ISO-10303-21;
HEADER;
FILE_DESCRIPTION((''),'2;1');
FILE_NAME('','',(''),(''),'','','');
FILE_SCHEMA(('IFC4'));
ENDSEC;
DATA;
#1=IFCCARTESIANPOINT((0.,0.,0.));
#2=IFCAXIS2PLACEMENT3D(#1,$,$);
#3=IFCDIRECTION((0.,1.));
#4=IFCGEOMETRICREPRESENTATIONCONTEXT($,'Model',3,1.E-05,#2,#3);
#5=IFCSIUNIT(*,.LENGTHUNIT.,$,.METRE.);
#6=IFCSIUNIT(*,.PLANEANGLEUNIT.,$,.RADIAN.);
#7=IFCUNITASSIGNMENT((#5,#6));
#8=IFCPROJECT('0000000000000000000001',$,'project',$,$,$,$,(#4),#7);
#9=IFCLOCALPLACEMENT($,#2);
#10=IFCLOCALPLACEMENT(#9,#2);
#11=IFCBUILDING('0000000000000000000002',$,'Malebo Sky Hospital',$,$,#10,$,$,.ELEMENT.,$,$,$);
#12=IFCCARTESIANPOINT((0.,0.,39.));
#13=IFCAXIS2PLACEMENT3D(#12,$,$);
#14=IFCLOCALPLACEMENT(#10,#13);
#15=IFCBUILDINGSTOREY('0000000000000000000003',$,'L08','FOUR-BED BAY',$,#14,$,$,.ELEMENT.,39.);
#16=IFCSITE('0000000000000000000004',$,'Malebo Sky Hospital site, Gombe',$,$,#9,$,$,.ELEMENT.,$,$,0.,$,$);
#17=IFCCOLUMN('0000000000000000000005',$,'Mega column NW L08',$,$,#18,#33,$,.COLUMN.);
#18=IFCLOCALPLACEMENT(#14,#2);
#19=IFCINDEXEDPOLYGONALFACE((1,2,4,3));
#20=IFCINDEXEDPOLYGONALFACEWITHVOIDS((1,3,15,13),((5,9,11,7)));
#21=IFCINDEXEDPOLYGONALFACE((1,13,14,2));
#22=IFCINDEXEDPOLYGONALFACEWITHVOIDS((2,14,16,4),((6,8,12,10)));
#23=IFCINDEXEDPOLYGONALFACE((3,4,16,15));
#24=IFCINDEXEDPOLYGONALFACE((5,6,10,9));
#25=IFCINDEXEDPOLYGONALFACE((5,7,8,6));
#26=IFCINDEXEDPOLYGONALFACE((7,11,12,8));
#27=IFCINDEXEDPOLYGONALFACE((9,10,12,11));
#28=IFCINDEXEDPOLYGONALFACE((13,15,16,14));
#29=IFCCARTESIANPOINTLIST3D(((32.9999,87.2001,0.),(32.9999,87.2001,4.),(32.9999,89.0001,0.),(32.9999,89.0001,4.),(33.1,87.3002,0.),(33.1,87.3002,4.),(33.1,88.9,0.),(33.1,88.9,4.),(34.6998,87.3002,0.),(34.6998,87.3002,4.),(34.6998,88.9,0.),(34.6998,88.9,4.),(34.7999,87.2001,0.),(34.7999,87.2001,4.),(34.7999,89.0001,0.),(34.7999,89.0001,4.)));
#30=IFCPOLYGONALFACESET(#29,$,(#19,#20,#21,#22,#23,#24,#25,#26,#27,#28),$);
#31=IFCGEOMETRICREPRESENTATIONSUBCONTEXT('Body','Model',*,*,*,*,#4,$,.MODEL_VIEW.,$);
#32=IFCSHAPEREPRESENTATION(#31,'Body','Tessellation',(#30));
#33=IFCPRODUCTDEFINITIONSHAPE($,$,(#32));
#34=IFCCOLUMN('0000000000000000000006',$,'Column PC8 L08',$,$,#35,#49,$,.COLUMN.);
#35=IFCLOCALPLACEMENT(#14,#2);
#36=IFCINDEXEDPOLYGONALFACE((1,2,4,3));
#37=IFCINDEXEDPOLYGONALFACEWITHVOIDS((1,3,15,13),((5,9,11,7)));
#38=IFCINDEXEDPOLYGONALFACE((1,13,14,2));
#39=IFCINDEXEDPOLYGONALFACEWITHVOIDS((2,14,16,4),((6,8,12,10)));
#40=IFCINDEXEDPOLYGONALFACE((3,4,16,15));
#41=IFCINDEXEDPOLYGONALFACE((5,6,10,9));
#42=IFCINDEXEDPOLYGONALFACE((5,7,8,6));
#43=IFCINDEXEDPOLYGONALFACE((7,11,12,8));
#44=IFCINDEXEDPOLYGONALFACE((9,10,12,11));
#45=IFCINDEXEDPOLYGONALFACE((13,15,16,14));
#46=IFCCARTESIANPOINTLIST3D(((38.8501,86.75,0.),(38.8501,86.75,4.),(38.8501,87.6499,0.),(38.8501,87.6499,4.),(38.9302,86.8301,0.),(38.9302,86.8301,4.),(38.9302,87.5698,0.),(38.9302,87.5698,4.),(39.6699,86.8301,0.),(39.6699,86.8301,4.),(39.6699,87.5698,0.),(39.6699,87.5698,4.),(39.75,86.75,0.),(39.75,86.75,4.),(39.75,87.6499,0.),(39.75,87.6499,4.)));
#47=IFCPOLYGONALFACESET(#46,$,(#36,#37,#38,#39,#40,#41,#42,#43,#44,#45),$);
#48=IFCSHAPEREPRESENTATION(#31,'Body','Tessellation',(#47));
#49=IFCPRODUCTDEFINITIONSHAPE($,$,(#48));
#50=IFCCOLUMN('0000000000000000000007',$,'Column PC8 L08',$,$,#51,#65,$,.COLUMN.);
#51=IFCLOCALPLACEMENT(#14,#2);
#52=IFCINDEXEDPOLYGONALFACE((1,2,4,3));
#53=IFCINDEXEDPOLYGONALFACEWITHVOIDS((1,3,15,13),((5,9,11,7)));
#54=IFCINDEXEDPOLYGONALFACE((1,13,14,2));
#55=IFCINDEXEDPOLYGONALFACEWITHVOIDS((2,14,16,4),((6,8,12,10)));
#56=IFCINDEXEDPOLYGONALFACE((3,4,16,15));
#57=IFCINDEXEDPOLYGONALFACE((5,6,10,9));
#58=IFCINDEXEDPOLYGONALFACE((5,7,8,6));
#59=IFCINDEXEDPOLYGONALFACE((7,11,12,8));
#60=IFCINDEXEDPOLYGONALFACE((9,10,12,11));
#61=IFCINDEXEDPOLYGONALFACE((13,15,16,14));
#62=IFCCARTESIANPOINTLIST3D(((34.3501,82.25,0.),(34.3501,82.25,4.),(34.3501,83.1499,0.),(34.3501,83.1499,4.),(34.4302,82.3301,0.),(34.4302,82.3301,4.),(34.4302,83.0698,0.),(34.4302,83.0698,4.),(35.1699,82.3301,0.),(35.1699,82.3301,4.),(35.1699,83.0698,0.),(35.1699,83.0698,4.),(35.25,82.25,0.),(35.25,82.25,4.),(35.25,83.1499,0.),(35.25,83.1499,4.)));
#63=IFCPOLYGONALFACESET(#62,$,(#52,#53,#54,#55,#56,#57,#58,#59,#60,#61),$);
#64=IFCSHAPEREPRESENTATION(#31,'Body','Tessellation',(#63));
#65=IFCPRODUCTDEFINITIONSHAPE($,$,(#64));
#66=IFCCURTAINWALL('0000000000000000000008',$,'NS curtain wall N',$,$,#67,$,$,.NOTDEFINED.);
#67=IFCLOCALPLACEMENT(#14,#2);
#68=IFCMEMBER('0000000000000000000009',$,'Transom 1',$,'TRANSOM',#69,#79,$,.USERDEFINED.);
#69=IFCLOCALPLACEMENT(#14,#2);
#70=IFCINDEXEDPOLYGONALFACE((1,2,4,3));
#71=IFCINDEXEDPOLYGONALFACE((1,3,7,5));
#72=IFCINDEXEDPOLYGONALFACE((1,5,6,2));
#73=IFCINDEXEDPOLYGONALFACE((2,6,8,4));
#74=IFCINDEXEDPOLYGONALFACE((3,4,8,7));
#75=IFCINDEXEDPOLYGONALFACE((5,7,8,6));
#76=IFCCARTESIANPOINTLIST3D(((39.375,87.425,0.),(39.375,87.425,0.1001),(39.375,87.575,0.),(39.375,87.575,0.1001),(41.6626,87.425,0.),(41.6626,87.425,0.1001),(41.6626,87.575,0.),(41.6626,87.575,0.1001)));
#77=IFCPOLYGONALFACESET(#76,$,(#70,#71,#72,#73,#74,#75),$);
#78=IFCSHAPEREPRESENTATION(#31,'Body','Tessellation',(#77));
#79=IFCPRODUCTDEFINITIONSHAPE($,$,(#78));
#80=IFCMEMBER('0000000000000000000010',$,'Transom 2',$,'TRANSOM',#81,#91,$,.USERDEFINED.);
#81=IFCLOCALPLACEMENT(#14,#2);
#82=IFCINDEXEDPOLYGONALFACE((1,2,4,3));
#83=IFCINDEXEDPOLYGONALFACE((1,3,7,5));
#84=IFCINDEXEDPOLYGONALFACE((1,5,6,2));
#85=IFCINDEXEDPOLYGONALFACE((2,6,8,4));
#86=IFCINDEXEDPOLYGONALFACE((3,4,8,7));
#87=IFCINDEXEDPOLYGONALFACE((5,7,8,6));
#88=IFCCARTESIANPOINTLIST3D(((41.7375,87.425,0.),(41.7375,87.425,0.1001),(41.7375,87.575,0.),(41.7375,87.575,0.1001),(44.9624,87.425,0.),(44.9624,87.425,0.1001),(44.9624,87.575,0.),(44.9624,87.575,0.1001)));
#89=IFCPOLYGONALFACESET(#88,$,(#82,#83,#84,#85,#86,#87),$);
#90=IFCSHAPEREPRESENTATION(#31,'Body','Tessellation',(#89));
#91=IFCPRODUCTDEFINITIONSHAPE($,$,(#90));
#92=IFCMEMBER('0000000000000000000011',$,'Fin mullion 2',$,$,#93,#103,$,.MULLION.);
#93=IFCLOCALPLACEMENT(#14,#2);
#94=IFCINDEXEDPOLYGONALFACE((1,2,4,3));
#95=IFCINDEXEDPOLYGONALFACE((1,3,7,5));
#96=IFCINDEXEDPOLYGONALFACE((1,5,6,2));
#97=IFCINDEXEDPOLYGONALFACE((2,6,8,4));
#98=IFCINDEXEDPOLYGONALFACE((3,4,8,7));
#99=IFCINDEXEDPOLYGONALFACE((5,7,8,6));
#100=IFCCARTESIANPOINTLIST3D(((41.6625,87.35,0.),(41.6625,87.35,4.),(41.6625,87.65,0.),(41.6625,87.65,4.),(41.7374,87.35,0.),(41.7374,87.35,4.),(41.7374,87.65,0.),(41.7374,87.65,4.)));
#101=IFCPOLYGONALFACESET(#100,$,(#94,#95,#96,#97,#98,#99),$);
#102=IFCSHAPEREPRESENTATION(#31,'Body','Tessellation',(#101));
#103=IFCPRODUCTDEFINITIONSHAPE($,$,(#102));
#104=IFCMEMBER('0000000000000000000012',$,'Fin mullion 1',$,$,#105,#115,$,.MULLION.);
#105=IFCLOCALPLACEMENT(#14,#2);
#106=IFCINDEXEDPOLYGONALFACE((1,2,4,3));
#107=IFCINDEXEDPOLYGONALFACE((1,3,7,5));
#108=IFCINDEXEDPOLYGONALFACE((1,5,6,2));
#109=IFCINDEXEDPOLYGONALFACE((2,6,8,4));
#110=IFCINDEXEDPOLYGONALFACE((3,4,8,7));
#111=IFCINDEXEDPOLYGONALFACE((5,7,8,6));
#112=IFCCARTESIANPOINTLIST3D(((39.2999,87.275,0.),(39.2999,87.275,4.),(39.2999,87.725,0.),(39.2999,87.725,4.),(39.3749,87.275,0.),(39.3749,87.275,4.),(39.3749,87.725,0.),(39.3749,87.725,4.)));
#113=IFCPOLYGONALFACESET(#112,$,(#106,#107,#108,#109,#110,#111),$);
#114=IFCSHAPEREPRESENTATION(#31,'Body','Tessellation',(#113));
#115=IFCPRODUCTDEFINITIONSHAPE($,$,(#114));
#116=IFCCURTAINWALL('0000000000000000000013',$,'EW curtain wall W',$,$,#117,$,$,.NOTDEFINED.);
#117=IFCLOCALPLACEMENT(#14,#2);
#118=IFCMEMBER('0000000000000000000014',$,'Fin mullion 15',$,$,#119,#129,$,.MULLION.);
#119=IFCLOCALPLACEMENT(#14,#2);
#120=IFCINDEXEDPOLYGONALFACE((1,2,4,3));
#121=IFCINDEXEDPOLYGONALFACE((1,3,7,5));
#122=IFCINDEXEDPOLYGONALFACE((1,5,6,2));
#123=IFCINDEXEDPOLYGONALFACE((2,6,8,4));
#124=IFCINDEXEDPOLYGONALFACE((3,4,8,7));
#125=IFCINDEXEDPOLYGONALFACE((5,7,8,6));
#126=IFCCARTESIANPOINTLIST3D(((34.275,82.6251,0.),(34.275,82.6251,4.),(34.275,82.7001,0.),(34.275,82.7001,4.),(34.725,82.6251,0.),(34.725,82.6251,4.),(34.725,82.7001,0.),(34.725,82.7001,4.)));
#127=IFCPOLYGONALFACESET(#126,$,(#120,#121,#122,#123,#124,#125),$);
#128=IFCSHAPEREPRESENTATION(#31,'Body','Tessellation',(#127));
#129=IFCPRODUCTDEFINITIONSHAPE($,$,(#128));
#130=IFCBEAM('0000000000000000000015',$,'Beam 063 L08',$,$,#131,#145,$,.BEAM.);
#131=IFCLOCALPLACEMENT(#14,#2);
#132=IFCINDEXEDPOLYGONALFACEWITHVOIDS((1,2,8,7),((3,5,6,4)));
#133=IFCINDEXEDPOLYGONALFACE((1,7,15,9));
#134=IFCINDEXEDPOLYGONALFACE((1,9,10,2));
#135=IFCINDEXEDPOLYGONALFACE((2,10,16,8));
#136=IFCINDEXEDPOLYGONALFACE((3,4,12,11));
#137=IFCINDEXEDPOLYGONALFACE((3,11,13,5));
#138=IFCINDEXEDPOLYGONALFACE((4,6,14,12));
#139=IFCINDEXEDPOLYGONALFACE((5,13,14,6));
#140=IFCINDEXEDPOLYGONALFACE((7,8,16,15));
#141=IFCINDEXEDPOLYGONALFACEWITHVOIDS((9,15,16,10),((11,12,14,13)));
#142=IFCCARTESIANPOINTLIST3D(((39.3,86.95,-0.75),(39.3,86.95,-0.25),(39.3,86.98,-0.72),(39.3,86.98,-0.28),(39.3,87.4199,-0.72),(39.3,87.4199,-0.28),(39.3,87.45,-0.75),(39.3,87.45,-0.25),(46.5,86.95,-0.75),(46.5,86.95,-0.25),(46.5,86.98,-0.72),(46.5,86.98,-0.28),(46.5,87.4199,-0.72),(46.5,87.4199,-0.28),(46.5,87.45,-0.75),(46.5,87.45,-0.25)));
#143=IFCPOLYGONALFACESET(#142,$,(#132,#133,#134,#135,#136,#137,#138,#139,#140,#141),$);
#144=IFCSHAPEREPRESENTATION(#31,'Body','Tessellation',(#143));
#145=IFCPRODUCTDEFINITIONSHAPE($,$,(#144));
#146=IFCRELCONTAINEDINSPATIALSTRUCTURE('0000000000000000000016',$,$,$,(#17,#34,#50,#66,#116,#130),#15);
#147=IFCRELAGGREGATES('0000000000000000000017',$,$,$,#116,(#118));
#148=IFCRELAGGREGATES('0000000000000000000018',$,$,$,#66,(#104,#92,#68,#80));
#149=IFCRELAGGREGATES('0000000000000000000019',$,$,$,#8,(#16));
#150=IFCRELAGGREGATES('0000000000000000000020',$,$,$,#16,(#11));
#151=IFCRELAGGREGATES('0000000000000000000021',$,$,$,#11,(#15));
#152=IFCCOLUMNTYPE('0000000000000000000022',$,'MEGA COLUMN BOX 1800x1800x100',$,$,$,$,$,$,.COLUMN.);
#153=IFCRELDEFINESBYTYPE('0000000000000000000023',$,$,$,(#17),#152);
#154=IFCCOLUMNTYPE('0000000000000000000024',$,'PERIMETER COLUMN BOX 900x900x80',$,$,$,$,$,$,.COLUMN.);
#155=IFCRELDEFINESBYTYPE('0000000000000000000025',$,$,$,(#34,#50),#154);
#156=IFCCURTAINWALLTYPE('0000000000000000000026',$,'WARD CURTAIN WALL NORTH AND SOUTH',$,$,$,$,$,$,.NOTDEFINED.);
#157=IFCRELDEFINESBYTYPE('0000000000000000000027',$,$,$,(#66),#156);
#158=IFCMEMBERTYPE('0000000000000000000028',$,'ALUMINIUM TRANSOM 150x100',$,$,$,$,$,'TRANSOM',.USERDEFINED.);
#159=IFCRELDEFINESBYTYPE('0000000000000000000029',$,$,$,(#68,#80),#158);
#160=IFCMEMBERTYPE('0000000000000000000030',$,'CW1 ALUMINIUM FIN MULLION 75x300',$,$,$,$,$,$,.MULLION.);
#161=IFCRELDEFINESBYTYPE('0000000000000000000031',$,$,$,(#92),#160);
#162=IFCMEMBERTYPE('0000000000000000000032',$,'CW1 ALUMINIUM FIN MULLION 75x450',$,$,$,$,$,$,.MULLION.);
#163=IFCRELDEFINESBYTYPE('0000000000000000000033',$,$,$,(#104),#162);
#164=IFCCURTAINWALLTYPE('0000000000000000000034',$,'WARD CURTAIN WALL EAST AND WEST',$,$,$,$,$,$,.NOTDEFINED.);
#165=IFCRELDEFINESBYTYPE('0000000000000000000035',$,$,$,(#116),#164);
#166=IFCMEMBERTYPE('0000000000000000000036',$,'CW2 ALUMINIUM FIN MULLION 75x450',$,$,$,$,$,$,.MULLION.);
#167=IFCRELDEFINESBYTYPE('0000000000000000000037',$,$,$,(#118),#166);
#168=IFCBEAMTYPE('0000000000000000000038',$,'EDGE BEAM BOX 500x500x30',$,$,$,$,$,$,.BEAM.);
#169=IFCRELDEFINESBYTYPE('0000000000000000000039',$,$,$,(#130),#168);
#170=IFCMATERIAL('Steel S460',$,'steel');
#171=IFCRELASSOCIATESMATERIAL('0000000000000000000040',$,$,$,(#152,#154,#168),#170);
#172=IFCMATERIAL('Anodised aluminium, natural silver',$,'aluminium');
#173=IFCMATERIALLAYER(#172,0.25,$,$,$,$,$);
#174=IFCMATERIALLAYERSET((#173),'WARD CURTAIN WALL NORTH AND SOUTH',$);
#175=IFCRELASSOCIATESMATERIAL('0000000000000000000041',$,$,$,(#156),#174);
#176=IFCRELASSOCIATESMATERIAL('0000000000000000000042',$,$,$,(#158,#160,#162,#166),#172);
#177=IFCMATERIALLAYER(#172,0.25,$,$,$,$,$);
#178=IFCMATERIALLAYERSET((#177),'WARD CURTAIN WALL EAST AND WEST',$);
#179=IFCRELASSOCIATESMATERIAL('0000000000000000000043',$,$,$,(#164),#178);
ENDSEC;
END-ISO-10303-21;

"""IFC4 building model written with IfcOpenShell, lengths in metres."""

from ifc_helpers import new_model, si_unit, direction, frame, origin, origin_2d, place, context, subcontext, project, spatial, rectangle, hollow_rectangle, extrude, material, layer, layer_set, material_profile, profile_set, type_object, element, aggregate, save


model = new_model("IFC4")

# Units and contexts
model_context = context("Model", 3, precision=1e-05, world=origin(), true_north=direction((0.0, 1.0)))
body_context = subcontext(model_context, "Body", "Model", "MODEL_VIEW")
ifc_project = project(units=[si_unit("LENGTHUNIT", "METRE"), si_unit("PLANEANGLEUNIT", "RADIAN")], contexts=[model_context])

# Site, building, storey
site_placement = place(None, origin())
site = spatial("IfcSite", under=ifc_project, at=site_placement, Name="Malebo Sky Hospital site, Gombe", CompositionType="ELEMENT", RefElevation=0.0)
building_placement = place(site_placement, origin())
building = spatial("IfcBuilding", under=site, at=building_placement, Name="Malebo Sky Hospital", CompositionType="ELEMENT")
storey_placement = place(building_placement, frame((0.0, 0.0, 39.0)))
storey = spatial("IfcBuildingStorey", under=building, at=storey_placement, Name="L08", Description="FOUR-BED BAY", CompositionType="ELEMENT", Elevation=39.0)

# Columns
ifc_material_1 = material(Name="Steel S460", Category="steel")
ifc_material_profile_1 = material_profile(ifc_material_1, hollow_rectangle(XDim=1.8, YDim=1.8, WallThickness=0.1001, at=origin_2d()), Name="BOX 1800x1800x100")
ifc_profile_set_1 = profile_set([ifc_material_profile_1], Name="Steel S460")
column_type_1 = type_object("IfcColumnType", Name="MEGA COLUMN BOX 1800x1800x100", PredefinedType="COLUMN", material=ifc_profile_set_1)
column_placement = place(storey_placement, frame((33.8999, 88.1001, 0.0), z_axis=(0.0, 0.0, 1.0), x_axis=(1.0, 0.0, 0.0)))
element("IfcColumn", 1, at=column_placement, inside=storey, type_object=column_type_1, Name="Mega column NW L08", PredefinedType="COLUMN", context=body_context, shape_type="SweptSolid", body=[
    extrude(hollow_rectangle(XDim=1.8, YDim=1.8, WallThickness=0.1001, at=origin_2d()), origin(), (0.0, 0.0, 1.0), 4.0),
])
ifc_material_profile_2 = material_profile(ifc_material_1, hollow_rectangle(XDim=0.8999, YDim=0.8999, WallThickness=0.0801, at=origin_2d()), Name="BOX 900x900x80")
ifc_profile_set_2 = profile_set([ifc_material_profile_2], Name="Steel S460")
column_type_2 = type_object("IfcColumnType", Name="PERIMETER COLUMN BOX 900x900x80", PredefinedType="COLUMN", material=ifc_profile_set_2)
for number, where, z_axis, x_axis, name in (
    (2, (39.3, 87.2, 0.0), (0.0, 0.0, 1.0), (1.0, 0.0, 0.0), "Column PC8 L08"),
    (3, (34.8, 82.7, 0.0), (0.0, 0.0, 1.0), (1.0, 0.0, 0.0), "Column PC8 L08"),
):
    element("IfcColumn", number, at=place(storey_placement, frame(where, z_axis=z_axis, x_axis=x_axis)), inside=storey, type_object=column_type_2, Name=name, PredefinedType="COLUMN", context=body_context, shape_type="SweptSolid", body=[
        extrude(hollow_rectangle(XDim=0.8999, YDim=0.8999, WallThickness=0.0801, at=origin_2d()), origin(), (0.0, 0.0, 1.0), 4.0),
    ])

# Curtain wall, members
ifc_material_2 = material(Name="Anodised aluminium, natural silver", Category="aluminium")
ifc_layer_1 = layer(ifc_material_2, 0.25)
ifc_layer_set_1 = layer_set([ifc_layer_1], Name="WARD CURTAIN WALL NORTH AND SOUTH")
curtain_wall_type_1 = type_object("IfcCurtainWallType", Name="WARD CURTAIN WALL NORTH AND SOUTH", PredefinedType="NOTDEFINED", material=ifc_layer_set_1)
curtain_wall_1_placement = place(storey_placement, origin())
curtain_wall_1 = element("IfcCurtainWall", 4, at=curtain_wall_1_placement, inside=storey, type_object=curtain_wall_type_1, Name="NS curtain wall N", PredefinedType="NOTDEFINED")
ifc_material_profile_3 = material_profile(ifc_material_2, rectangle(XDim=0.1499, YDim=0.1001, at=origin_2d()), Name="ALUMINIUM TRANSOM 150x100")
ifc_profile_set_3 = profile_set([ifc_material_profile_3], Name="Anodised aluminium, natural silver")
member_type_1 = type_object("IfcMemberType", Name="ALUMINIUM TRANSOM 150x100", ElementType="TRANSOM", PredefinedType="USERDEFINED", material=ifc_profile_set_3)
member_1_placement = place(storey_placement, frame((39.375, 87.5, 0.05), z_axis=(1.0, 0.0, 0.0), x_axis=(0.0, 1.0, 0.0)))
member_1 = element("IfcMember", 5, at=member_1_placement, type_object=member_type_1, Name="Transom 1", ObjectType="TRANSOM", PredefinedType="USERDEFINED", context=body_context, shape_type="SweptSolid", body=[
    extrude(rectangle(XDim=0.1499, YDim=0.1001, at=origin_2d()), origin(), (0.0, 0.0, 1.0), 2.2876),
])
member_2_placement = place(storey_placement, frame((41.7375, 87.5, 0.05), z_axis=(1.0, 0.0, 0.0), x_axis=(0.0, 1.0, 0.0)))
member_2 = element("IfcMember", 6, at=member_2_placement, type_object=member_type_1, Name="Transom 2", ObjectType="TRANSOM", PredefinedType="USERDEFINED", context=body_context, shape_type="SweptSolid", body=[
    extrude(rectangle(XDim=0.1499, YDim=0.1001, at=origin_2d()), origin(), (0.0, 0.0, 1.0), 3.2249),
])
ifc_material_profile_4 = material_profile(ifc_material_2, rectangle(XDim=0.075, YDim=0.3, at=origin_2d()), Name="CW1 ALUMINIUM FIN MULLION 75x300")
ifc_profile_set_4 = profile_set([ifc_material_profile_4], Name="Anodised aluminium, natural silver")
member_type_2 = type_object("IfcMemberType", Name="CW1 ALUMINIUM FIN MULLION 75x300", PredefinedType="MULLION", material=ifc_profile_set_4)
member_3_placement = place(storey_placement, frame((41.7, 87.5, 0.0), z_axis=(0.0, 0.0, 1.0), x_axis=(1.0, 0.0, 0.0)))
member_3 = element("IfcMember", 7, at=member_3_placement, type_object=member_type_2, Name="Fin mullion 2", PredefinedType="MULLION", context=body_context, shape_type="SweptSolid", body=[
    extrude(rectangle(XDim=0.075, YDim=0.3, at=origin_2d()), origin(), (0.0, 0.0, 1.0), 4.0),
])
ifc_material_profile_5 = material_profile(ifc_material_2, rectangle(XDim=0.075, YDim=0.45, at=origin_2d()), Name="CW1 ALUMINIUM FIN MULLION 75x450")
ifc_profile_set_5 = profile_set([ifc_material_profile_5], Name="Anodised aluminium, natural silver")
member_type_3 = type_object("IfcMemberType", Name="CW1 ALUMINIUM FIN MULLION 75x450", PredefinedType="MULLION", material=ifc_profile_set_5)
member_4_placement = place(storey_placement, frame((39.3374, 87.5, 0.0), z_axis=(0.0, 0.0, 1.0), x_axis=(1.0, 0.0, 0.0)))
member_4 = element("IfcMember", 8, at=member_4_placement, type_object=member_type_3, Name="Fin mullion 1", PredefinedType="MULLION", context=body_context, shape_type="SweptSolid", body=[
    extrude(rectangle(XDim=0.075, YDim=0.45, at=origin_2d()), origin(), (0.0, 0.0, 1.0), 4.0),
])

# Curtain wall, member
ifc_layer_2 = layer(ifc_material_2, 0.25)
ifc_layer_set_2 = layer_set([ifc_layer_2], Name="WARD CURTAIN WALL EAST AND WEST")
curtain_wall_type_2 = type_object("IfcCurtainWallType", Name="WARD CURTAIN WALL EAST AND WEST", PredefinedType="NOTDEFINED", material=ifc_layer_set_2)
curtain_wall_2_placement = place(storey_placement, origin())
curtain_wall_2 = element("IfcCurtainWall", 9, at=curtain_wall_2_placement, inside=storey, type_object=curtain_wall_type_2, Name="EW curtain wall W", PredefinedType="NOTDEFINED")
ifc_material_profile_6 = material_profile(ifc_material_2, rectangle(XDim=0.075, YDim=0.45, at=origin_2d()), Name="CW2 ALUMINIUM FIN MULLION 75x450")
ifc_profile_set_6 = profile_set([ifc_material_profile_6], Name="Anodised aluminium, natural silver")
member_type_4 = type_object("IfcMemberType", Name="CW2 ALUMINIUM FIN MULLION 75x450", PredefinedType="MULLION", material=ifc_profile_set_6)
member_5_placement = place(storey_placement, frame((34.5, 82.6626, 0.0), z_axis=(0.0, 0.0, 1.0), x_axis=(0.0, 1.0, 0.0)))
member_5 = element("IfcMember", 10, at=member_5_placement, type_object=member_type_4, Name="Fin mullion 15", PredefinedType="MULLION", context=body_context, shape_type="SweptSolid", body=[
    extrude(rectangle(XDim=0.075, YDim=0.45, at=origin_2d()), origin(), (0.0, 0.0, 1.0), 4.0),
])
aggregate(curtain_wall_2, [member_5])

# Beam
ifc_material_profile_7 = material_profile(ifc_material_1, hollow_rectangle(XDim=0.5, YDim=0.5, WallThickness=0.03, at=origin_2d()), Name="BOX 500x500x30")
ifc_profile_set_7 = profile_set([ifc_material_profile_7], Name="Steel S460")
beam_type_1 = type_object("IfcBeamType", Name="EDGE BEAM BOX 500x500x30", PredefinedType="BEAM", material=ifc_profile_set_7)
beam_1_placement = place(storey_placement, frame((39.3, 87.2, -0.5), z_axis=(1.0, 0.0, 0.0), x_axis=(0.0, 1.0, 0.0)))
element("IfcBeam", 11, at=beam_1_placement, inside=storey, type_object=beam_type_1, Name="Beam 063 L08", PredefinedType="BEAM", context=body_context, shape_type="SweptSolid", body=[
    extrude(hollow_rectangle(XDim=0.5, YDim=0.5, WallThickness=0.03, at=origin_2d()), origin(), (0.0, 0.0, 1.0), 7.2),
])

aggregate(curtain_wall_1, [member_4, member_3, member_1, member_2])

save(model, "model.ifc")
